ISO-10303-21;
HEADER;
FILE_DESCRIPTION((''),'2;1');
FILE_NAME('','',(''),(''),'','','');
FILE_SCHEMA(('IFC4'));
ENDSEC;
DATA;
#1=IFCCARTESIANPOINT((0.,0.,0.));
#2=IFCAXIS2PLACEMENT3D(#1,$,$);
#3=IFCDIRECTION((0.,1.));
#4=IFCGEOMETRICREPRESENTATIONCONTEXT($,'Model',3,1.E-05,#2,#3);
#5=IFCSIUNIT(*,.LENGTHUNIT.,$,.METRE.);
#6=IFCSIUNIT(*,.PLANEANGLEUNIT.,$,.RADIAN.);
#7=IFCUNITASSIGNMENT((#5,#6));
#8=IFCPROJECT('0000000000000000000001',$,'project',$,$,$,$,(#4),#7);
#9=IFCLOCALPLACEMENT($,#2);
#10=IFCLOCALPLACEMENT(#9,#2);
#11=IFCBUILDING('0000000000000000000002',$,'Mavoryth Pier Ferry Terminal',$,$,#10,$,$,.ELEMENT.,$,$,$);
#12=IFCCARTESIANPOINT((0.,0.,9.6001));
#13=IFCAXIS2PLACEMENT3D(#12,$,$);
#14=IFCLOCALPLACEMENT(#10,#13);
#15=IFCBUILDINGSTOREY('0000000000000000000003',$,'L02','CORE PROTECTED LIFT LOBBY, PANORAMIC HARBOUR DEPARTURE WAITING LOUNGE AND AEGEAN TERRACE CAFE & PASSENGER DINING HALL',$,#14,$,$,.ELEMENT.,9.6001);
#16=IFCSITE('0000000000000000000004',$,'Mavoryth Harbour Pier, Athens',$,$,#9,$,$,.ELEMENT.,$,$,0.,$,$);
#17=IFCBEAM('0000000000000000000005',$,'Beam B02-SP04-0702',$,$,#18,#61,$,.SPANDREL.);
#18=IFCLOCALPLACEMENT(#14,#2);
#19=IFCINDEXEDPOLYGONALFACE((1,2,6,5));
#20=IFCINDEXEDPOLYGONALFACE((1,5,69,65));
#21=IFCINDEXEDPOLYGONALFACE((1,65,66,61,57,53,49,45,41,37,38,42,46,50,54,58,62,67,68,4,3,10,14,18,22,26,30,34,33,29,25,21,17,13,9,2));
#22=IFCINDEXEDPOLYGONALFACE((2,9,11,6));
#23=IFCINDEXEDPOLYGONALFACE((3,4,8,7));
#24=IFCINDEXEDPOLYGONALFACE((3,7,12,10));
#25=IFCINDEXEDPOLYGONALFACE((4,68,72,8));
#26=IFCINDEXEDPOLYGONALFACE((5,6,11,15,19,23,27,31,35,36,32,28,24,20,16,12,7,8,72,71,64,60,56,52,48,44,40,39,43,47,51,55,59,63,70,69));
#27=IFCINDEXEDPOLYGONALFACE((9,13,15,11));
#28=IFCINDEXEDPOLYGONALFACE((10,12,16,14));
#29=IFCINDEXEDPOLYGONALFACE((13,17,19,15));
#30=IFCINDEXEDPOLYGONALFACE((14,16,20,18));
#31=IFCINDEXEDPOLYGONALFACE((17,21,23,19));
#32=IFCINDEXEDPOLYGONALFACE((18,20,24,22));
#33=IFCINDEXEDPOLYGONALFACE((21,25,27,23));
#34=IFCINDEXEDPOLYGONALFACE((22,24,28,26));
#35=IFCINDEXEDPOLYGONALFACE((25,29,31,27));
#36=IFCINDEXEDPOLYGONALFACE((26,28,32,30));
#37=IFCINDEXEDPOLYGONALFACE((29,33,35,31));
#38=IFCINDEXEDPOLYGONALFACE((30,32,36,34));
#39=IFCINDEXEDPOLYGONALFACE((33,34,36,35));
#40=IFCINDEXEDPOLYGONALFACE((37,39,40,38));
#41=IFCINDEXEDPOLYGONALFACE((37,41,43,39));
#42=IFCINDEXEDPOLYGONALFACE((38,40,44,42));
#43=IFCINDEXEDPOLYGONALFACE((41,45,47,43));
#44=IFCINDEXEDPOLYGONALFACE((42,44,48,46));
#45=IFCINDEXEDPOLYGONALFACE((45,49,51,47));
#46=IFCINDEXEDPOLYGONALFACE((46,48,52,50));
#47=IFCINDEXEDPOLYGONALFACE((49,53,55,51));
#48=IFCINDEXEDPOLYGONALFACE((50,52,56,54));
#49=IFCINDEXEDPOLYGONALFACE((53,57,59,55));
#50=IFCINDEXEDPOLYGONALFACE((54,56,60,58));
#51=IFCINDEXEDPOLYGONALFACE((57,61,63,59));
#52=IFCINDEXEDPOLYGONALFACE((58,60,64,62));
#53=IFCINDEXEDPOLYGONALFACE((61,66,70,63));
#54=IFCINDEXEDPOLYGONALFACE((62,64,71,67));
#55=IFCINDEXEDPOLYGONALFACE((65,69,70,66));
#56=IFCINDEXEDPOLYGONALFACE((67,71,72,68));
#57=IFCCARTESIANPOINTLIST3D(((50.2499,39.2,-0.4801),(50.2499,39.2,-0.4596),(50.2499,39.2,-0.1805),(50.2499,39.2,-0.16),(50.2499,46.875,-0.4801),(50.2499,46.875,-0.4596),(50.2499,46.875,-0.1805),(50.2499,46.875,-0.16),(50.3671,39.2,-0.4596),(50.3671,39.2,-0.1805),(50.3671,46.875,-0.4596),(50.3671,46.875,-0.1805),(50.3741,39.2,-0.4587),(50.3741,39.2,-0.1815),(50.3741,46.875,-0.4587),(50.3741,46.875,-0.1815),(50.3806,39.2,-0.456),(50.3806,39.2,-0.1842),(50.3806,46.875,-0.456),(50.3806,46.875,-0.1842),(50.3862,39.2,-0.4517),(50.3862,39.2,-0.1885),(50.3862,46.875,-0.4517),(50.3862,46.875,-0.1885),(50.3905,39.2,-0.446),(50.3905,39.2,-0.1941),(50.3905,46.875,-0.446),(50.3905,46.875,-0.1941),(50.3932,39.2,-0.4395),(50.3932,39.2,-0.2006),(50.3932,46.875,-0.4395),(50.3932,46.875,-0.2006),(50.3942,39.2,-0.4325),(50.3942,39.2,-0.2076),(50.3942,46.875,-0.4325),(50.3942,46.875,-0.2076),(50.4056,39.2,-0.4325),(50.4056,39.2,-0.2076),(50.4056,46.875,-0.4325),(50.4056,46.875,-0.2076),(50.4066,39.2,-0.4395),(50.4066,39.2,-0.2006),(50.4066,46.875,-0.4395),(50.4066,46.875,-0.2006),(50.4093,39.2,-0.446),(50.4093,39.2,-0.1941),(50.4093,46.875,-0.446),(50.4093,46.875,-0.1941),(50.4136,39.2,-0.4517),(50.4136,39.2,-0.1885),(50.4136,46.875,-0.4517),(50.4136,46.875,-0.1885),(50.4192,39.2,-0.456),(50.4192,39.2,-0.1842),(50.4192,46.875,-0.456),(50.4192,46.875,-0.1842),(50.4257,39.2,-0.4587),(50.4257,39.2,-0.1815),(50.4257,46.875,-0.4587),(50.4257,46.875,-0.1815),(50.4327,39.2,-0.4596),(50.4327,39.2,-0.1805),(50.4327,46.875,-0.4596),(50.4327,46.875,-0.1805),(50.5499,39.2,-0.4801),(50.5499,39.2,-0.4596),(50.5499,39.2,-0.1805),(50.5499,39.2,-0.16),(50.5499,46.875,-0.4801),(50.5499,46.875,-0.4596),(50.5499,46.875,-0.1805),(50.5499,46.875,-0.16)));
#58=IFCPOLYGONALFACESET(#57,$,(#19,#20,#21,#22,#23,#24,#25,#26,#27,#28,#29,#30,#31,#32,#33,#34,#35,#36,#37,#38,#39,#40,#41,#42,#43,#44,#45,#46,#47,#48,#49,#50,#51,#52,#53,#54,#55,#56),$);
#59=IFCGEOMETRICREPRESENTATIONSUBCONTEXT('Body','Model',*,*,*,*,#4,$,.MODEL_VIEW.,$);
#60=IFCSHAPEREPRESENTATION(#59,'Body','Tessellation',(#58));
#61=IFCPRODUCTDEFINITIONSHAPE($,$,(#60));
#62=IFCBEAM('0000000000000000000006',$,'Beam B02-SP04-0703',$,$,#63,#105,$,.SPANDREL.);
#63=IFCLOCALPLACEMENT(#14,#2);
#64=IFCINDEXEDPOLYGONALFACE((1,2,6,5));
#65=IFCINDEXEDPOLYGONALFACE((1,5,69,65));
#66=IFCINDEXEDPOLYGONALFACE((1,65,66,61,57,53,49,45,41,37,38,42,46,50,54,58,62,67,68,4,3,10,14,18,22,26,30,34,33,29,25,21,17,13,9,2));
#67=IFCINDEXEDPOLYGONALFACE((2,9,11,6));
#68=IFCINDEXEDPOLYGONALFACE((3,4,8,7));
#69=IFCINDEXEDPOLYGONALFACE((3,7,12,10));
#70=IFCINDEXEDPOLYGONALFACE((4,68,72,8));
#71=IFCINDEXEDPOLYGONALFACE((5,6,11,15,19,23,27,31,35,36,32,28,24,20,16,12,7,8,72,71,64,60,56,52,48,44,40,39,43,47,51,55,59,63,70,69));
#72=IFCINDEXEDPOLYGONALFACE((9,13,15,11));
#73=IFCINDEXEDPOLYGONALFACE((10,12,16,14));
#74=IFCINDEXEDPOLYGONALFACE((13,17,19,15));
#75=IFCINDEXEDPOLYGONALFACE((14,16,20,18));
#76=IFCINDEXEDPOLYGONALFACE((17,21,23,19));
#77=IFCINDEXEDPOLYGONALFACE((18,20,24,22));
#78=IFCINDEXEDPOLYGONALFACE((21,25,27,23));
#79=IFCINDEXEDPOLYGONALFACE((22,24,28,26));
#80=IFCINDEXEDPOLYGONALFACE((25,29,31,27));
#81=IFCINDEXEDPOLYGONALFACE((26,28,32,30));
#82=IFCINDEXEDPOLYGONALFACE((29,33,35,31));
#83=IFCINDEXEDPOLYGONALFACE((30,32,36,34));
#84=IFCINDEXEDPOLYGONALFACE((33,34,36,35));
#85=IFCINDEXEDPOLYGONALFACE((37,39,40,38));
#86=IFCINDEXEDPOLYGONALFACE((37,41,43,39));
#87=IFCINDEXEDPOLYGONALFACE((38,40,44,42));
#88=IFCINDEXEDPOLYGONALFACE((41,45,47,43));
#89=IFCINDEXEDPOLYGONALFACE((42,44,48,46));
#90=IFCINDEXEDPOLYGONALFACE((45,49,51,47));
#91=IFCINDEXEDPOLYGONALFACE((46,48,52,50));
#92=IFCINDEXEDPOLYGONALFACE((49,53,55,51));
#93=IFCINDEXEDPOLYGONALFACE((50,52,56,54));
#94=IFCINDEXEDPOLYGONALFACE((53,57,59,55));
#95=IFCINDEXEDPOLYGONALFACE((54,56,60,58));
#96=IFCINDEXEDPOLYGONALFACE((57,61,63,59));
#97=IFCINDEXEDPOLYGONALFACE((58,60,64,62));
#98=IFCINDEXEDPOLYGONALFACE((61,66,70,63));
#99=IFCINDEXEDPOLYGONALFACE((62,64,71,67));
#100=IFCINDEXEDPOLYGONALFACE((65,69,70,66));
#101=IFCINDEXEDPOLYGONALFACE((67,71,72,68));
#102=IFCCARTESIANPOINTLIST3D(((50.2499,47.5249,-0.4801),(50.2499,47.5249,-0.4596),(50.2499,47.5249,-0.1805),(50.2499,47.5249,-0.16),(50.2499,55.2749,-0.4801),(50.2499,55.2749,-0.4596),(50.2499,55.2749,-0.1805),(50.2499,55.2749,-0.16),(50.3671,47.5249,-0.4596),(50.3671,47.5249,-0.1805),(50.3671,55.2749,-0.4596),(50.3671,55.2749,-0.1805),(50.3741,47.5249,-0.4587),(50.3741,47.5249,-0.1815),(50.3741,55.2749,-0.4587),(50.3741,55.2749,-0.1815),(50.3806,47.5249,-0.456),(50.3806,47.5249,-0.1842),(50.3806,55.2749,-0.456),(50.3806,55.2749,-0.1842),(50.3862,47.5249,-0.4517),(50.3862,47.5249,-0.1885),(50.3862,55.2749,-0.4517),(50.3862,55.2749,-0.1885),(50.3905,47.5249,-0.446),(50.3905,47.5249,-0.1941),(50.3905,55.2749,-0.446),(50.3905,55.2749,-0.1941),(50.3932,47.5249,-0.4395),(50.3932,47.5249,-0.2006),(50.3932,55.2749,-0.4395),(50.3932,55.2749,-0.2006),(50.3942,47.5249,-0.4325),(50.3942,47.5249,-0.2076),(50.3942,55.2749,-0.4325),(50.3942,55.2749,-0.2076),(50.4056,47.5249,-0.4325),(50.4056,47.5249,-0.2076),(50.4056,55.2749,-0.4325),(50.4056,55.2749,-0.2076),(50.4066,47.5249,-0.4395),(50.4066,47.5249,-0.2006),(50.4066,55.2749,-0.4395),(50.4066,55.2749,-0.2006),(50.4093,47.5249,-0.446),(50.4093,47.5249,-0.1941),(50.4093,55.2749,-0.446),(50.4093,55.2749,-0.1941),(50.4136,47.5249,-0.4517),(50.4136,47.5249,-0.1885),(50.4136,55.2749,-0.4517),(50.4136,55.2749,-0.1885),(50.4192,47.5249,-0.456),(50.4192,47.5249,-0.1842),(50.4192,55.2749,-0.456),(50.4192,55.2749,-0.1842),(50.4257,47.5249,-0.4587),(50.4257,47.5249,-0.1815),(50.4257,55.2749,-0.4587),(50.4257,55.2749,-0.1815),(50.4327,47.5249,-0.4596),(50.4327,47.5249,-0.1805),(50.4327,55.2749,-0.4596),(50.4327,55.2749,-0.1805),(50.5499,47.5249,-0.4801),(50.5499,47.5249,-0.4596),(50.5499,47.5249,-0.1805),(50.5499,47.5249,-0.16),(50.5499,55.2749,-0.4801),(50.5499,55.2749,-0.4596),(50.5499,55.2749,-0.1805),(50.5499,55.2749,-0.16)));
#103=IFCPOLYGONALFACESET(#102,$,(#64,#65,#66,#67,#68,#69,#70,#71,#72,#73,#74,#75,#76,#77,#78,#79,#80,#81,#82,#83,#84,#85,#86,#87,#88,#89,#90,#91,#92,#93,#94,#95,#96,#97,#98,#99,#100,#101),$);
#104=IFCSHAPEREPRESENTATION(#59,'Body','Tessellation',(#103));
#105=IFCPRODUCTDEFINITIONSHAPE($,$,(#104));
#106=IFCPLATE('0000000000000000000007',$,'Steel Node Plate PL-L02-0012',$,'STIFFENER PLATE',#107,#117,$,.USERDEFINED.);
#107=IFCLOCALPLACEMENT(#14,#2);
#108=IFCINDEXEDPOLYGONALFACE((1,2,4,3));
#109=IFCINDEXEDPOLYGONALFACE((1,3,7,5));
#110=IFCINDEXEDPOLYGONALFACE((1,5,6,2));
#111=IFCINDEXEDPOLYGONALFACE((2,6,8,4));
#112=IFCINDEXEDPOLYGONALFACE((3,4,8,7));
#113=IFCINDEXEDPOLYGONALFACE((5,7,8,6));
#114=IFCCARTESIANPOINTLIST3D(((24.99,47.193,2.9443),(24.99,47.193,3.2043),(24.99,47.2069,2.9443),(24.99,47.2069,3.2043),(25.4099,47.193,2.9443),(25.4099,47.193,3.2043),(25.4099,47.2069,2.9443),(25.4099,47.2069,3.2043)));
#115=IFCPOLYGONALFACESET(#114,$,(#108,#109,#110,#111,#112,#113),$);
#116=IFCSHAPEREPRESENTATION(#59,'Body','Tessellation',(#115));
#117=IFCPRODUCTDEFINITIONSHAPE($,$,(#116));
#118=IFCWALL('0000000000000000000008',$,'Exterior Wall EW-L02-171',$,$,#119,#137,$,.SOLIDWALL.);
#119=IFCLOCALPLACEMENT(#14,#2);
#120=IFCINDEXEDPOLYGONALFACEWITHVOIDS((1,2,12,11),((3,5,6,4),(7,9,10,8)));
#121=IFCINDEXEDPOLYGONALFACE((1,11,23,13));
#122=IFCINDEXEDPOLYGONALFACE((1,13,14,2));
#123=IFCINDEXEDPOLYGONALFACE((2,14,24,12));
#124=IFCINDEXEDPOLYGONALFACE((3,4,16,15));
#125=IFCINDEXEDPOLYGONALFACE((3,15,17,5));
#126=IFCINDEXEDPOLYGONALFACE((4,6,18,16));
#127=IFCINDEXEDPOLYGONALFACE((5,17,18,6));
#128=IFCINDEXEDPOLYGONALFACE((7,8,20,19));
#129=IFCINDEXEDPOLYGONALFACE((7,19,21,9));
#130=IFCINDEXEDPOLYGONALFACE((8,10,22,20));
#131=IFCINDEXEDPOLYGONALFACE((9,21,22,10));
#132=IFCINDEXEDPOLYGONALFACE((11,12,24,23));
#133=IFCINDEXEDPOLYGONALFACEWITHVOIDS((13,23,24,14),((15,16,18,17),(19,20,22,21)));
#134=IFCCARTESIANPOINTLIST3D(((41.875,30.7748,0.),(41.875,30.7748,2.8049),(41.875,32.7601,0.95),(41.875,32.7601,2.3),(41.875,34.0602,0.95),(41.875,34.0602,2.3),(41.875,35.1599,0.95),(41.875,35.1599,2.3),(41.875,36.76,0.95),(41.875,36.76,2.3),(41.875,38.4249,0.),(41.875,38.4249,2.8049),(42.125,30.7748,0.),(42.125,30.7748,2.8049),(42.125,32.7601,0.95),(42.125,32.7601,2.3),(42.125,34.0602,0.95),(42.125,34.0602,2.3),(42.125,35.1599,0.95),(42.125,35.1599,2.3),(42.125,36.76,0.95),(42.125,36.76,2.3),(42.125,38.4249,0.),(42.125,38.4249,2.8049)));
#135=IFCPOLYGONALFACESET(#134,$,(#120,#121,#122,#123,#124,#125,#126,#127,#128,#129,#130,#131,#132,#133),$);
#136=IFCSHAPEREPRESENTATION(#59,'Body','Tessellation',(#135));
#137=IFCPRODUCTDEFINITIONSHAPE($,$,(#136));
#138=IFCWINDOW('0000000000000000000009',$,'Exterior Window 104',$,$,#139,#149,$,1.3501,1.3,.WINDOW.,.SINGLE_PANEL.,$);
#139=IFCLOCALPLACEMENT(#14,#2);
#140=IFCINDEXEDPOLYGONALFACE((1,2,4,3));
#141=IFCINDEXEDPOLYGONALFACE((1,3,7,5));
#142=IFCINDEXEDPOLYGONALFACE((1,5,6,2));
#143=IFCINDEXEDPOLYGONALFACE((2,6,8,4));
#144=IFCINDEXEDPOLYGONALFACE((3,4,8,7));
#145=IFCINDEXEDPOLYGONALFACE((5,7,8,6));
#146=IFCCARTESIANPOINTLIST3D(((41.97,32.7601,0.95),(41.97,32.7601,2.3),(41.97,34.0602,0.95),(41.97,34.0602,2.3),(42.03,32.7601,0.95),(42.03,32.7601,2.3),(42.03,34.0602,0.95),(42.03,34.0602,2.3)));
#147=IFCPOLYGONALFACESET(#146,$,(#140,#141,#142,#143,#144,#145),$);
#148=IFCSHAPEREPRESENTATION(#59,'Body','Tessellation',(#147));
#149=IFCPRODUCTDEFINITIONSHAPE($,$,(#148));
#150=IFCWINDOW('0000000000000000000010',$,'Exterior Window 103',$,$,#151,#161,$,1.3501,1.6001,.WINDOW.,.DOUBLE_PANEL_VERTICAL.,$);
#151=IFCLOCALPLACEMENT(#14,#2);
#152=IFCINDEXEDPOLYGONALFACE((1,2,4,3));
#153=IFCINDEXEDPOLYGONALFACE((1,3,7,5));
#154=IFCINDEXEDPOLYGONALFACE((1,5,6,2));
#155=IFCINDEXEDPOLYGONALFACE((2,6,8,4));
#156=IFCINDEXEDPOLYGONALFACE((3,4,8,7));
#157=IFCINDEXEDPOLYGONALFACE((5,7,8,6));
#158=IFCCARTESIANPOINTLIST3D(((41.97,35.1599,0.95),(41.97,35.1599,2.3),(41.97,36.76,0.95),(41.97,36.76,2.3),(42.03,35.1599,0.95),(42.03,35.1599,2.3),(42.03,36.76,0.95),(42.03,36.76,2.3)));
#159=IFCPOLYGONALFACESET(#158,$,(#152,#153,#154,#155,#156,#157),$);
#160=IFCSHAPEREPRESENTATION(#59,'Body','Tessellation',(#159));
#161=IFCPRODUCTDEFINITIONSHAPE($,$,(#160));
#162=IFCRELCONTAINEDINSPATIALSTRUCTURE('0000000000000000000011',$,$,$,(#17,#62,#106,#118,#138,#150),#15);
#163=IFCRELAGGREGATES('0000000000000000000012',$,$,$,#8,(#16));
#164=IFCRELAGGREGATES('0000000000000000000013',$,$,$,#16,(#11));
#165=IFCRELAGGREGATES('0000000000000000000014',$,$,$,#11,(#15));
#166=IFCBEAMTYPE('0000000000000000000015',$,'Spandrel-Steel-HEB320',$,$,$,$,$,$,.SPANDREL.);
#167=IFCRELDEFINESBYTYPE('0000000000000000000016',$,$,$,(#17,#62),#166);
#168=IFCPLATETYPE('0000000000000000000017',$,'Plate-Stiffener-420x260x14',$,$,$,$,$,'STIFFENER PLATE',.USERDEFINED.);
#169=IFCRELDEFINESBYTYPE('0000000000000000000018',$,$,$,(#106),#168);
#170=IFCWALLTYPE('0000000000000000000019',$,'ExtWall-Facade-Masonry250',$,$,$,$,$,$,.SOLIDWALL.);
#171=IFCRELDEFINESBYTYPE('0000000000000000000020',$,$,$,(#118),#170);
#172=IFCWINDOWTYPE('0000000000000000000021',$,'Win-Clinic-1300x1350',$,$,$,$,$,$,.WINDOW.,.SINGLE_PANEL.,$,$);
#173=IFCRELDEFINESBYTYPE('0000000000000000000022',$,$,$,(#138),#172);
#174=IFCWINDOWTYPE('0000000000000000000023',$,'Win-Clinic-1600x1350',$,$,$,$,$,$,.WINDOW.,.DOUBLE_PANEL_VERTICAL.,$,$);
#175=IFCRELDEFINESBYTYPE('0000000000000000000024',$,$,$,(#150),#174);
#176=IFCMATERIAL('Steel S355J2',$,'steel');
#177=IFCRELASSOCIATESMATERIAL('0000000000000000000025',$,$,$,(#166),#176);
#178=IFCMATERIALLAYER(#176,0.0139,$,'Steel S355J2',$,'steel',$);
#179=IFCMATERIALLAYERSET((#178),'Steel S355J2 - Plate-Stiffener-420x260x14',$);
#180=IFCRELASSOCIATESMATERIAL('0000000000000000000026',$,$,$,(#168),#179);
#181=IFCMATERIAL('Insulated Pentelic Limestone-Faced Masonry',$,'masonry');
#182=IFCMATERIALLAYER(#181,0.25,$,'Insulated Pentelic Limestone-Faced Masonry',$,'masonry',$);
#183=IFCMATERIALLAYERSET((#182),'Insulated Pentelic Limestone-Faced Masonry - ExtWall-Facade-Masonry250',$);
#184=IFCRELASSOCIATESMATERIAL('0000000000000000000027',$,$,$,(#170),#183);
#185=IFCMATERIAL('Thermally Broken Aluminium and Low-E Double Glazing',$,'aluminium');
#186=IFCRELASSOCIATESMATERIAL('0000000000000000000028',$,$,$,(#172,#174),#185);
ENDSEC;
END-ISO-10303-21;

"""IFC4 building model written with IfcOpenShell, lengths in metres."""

from ifc_helpers import new_model, si_unit, direction, frame, frame_2d, origin, origin_2d, place, context, subcontext, project, spatial, rectangle, i_section, extrude, material, layer, layer_set, material_profile, profile_set, type_object, element, fill, save


model = new_model("IFC4")

# Units and contexts
model_context = context("Model", 3, precision=1e-05, world=origin(), true_north=direction((0.0, 1.0)))
body_context = subcontext(model_context, "Body", "Model", "MODEL_VIEW")
ifc_project = project(units=[si_unit("LENGTHUNIT", "METRE"), si_unit("PLANEANGLEUNIT", "RADIAN")], contexts=[model_context])

# Site, building, storey
site_placement = place(None, origin())
site = spatial("IfcSite", under=ifc_project, at=site_placement, Name="Mavoryth Harbour Pier, Athens", CompositionType="ELEMENT", RefElevation=0.0)
building_placement = place(site_placement, origin())
building = spatial("IfcBuilding", under=site, at=building_placement, Name="Mavoryth Pier Ferry Terminal", CompositionType="ELEMENT")
storey_placement = place(building_placement, frame((0.0, 0.0, 9.6001)))
storey = spatial("IfcBuildingStorey", under=building, at=storey_placement, Name="L02", Description="CORE PROTECTED LIFT LOBBY, PANORAMIC HARBOUR DEPARTURE WAITING LOUNGE AND AEGEAN TERRACE CAFE & PASSENGER DINING HALL", CompositionType="ELEMENT", Elevation=9.6001)

# Shared definitions
ifc_material_1 = material(Name="Steel S355J2", Category="steel")

# Beams
ifc_material_profile_1 = material_profile(ifc_material_1, i_section(OverallWidth=0.3, OverallDepth=0.3201, WebThickness=0.0115, FlangeThickness=0.0205, FilletRadius=0.0271, at=origin_2d()), Name="HEB 320", Category="steel")
ifc_profile_set_1 = profile_set([ifc_material_profile_1], Name="Steel S355J2 - HEB 320")
beam_type_1 = type_object("IfcBeamType", Name="Spandrel-Steel-HEB320", PredefinedType="SPANDREL", material=ifc_profile_set_1)
beam_1_placement = place(storey_placement, frame((50.3999, 39.2, -0.3201), z_axis=(0.0, 1.0, 0.0), x_axis=(-1.0, 0.0, 0.0)))
element("IfcBeam", 1, at=beam_1_placement, inside=storey, type_object=beam_type_1, Name="Beam B02-SP04-0702", PredefinedType="SPANDREL", context=body_context, shape_type="SweptSolid", body=[
    extrude(i_section(OverallWidth=0.3, OverallDepth=0.3201, WebThickness=0.0115, FlangeThickness=0.0205, FilletRadius=0.0271, at=origin_2d()), origin(), (0.0, 0.0, 1.0), 7.675),
])
beam_2_placement = place(storey_placement, frame((50.3999, 47.5249, -0.3201), z_axis=(0.0, 1.0, 0.0), x_axis=(-1.0, 0.0, 0.0)))
element("IfcBeam", 2, at=beam_2_placement, inside=storey, type_object=beam_type_1, Name="Beam B02-SP04-0703", PredefinedType="SPANDREL", context=body_context, shape_type="SweptSolid", body=[
    extrude(i_section(OverallWidth=0.3, OverallDepth=0.3201, WebThickness=0.0115, FlangeThickness=0.0205, FilletRadius=0.0271, at=origin_2d()), origin(), (0.0, 0.0, 1.0), 7.75),
])

# Plate
ifc_layer_1 = layer(ifc_material_1, 0.0139, Name="Steel S355J2", Category="steel")
ifc_layer_set_1 = layer_set([ifc_layer_1], Name="Steel S355J2 - Plate-Stiffener-420x260x14")
plate_type = type_object("IfcPlateType", Name="Plate-Stiffener-420x260x14", ElementType="STIFFENER PLATE", PredefinedType="USERDEFINED", material=ifc_layer_set_1)
plate_placement = place(storey_placement, frame((25.2, 47.2, 2.9443), z_axis=(0.0, 0.0, 1.0), x_axis=(1.0, 0.0, 0.0)))
element("IfcPlate", 3, at=plate_placement, inside=storey, type_object=plate_type, Name="Steel Node Plate PL-L02-0012", ObjectType="STIFFENER PLATE", PredefinedType="USERDEFINED", context=body_context, shape_type="SweptSolid", body=[
    extrude(rectangle(XDim=0.4199, YDim=0.0139, at=origin_2d()), origin(), (0.0, 0.0, 1.0), 0.26),
])

# Wall, openings, windows
ifc_material_2 = material(Name="Insulated Pentelic Limestone-Faced Masonry", Category="masonry")
ifc_layer_2 = layer(ifc_material_2, 0.25, Name="Insulated Pentelic Limestone-Faced Masonry", Category="masonry")
ifc_layer_set_2 = layer_set([ifc_layer_2], Name="Insulated Pentelic Limestone-Faced Masonry - ExtWall-Facade-Masonry250")
wall_type = type_object("IfcWallType", Name="ExtWall-Facade-Masonry250", PredefinedType="SOLIDWALL", material=ifc_layer_set_2)
wall_1_placement = place(storey_placement, frame((42.0, 38.425, 0.0), z_axis=(0.0, 0.0, 1.0), x_axis=(0.0, -1.0, 0.0)))
wall_1 = element("IfcWall", 4, at=wall_1_placement, inside=storey, type_object=wall_type, Name="Exterior Wall EW-L02-171", PredefinedType="SOLIDWALL", context=body_context, shape_type="SweptSolid", body=[
    extrude(rectangle(XDim=7.6501, YDim=0.25, at=frame_2d((3.8252, 0.0))), origin(), (0.0, 0.0, 1.0), 2.8049),
])
opening_1_placement = place(wall_1_placement, frame((1.665, 0.0, 0.95)))
opening_1 = element("IfcOpeningElement", 5, at=opening_1_placement, cuts=wall_1, PredefinedType="OPENING", context=body_context, shape_type="SweptSolid", body=[
    extrude(rectangle(XDim=1.6001, YDim=1.3501, at=frame_2d((0.8, 0.675))), frame((0.0, 0.135, 0.0), z_axis=(0.0, -1.0, 0.0), x_axis=(1.0, 0.0, 0.0)), (0.0, 0.0, 1.0), 0.27),
])
opening_2_placement = place(wall_1_placement, frame((4.365, 0.0, 0.95)))
opening_2 = element("IfcOpeningElement", 6, at=opening_2_placement, cuts=wall_1, PredefinedType="OPENING", context=body_context, shape_type="SweptSolid", body=[
    extrude(rectangle(XDim=1.3, YDim=1.3501, at=frame_2d((0.6499, 0.675))), frame((0.0, 0.135, 0.0), z_axis=(0.0, -1.0, 0.0), x_axis=(1.0, 0.0, 0.0)), (0.0, 0.0, 1.0), 0.27),
])
ifc_material_3 = material(Name="Thermally Broken Aluminium and Low-E Double Glazing", Category="aluminium")
window_type_1 = type_object("IfcWindowType", Name="Win-Clinic-1300x1350", PartitioningType="SINGLE_PANEL", PredefinedType="WINDOW", material=ifc_material_3)
window_1_placement = place(opening_2_placement, origin())
window_1 = element("IfcWindow", 7, at=window_1_placement, inside=storey, type_object=window_type_1, Name="Exterior Window 104", OverallHeight=1.3501, OverallWidth=1.3, PartitioningType="SINGLE_PANEL", PredefinedType="WINDOW", context=body_context, shape_type="SweptSolid", body=[
    extrude(rectangle(XDim=1.3, YDim=1.3501, at=frame_2d((0.6499, 0.675))), frame((0.0, 0.03, 0.0), z_axis=(0.0, -1.0, 0.0), x_axis=(1.0, 0.0, 0.0)), (0.0, 0.0, 1.0), 0.0601),
])
fill(opening_2, window_1)
window_type_2 = type_object("IfcWindowType", Name="Win-Clinic-1600x1350", PartitioningType="DOUBLE_PANEL_VERTICAL", PredefinedType="WINDOW", material=ifc_material_3)
window_2_placement = place(opening_1_placement, origin())
window_2 = element("IfcWindow", 8, at=window_2_placement, inside=storey, type_object=window_type_2, Name="Exterior Window 103", OverallHeight=1.3501, OverallWidth=1.6001, PartitioningType="DOUBLE_PANEL_VERTICAL", PredefinedType="WINDOW", context=body_context, shape_type="SweptSolid", body=[
    extrude(rectangle(XDim=1.6001, YDim=1.3501, at=frame_2d((0.8, 0.675))), frame((0.0, 0.03, 0.0), z_axis=(0.0, -1.0, 0.0), x_axis=(1.0, 0.0, 0.0)), (0.0, 0.0, 1.0), 0.0601),
])
fill(opening_1, window_2)

save(model, "model.ifc")
